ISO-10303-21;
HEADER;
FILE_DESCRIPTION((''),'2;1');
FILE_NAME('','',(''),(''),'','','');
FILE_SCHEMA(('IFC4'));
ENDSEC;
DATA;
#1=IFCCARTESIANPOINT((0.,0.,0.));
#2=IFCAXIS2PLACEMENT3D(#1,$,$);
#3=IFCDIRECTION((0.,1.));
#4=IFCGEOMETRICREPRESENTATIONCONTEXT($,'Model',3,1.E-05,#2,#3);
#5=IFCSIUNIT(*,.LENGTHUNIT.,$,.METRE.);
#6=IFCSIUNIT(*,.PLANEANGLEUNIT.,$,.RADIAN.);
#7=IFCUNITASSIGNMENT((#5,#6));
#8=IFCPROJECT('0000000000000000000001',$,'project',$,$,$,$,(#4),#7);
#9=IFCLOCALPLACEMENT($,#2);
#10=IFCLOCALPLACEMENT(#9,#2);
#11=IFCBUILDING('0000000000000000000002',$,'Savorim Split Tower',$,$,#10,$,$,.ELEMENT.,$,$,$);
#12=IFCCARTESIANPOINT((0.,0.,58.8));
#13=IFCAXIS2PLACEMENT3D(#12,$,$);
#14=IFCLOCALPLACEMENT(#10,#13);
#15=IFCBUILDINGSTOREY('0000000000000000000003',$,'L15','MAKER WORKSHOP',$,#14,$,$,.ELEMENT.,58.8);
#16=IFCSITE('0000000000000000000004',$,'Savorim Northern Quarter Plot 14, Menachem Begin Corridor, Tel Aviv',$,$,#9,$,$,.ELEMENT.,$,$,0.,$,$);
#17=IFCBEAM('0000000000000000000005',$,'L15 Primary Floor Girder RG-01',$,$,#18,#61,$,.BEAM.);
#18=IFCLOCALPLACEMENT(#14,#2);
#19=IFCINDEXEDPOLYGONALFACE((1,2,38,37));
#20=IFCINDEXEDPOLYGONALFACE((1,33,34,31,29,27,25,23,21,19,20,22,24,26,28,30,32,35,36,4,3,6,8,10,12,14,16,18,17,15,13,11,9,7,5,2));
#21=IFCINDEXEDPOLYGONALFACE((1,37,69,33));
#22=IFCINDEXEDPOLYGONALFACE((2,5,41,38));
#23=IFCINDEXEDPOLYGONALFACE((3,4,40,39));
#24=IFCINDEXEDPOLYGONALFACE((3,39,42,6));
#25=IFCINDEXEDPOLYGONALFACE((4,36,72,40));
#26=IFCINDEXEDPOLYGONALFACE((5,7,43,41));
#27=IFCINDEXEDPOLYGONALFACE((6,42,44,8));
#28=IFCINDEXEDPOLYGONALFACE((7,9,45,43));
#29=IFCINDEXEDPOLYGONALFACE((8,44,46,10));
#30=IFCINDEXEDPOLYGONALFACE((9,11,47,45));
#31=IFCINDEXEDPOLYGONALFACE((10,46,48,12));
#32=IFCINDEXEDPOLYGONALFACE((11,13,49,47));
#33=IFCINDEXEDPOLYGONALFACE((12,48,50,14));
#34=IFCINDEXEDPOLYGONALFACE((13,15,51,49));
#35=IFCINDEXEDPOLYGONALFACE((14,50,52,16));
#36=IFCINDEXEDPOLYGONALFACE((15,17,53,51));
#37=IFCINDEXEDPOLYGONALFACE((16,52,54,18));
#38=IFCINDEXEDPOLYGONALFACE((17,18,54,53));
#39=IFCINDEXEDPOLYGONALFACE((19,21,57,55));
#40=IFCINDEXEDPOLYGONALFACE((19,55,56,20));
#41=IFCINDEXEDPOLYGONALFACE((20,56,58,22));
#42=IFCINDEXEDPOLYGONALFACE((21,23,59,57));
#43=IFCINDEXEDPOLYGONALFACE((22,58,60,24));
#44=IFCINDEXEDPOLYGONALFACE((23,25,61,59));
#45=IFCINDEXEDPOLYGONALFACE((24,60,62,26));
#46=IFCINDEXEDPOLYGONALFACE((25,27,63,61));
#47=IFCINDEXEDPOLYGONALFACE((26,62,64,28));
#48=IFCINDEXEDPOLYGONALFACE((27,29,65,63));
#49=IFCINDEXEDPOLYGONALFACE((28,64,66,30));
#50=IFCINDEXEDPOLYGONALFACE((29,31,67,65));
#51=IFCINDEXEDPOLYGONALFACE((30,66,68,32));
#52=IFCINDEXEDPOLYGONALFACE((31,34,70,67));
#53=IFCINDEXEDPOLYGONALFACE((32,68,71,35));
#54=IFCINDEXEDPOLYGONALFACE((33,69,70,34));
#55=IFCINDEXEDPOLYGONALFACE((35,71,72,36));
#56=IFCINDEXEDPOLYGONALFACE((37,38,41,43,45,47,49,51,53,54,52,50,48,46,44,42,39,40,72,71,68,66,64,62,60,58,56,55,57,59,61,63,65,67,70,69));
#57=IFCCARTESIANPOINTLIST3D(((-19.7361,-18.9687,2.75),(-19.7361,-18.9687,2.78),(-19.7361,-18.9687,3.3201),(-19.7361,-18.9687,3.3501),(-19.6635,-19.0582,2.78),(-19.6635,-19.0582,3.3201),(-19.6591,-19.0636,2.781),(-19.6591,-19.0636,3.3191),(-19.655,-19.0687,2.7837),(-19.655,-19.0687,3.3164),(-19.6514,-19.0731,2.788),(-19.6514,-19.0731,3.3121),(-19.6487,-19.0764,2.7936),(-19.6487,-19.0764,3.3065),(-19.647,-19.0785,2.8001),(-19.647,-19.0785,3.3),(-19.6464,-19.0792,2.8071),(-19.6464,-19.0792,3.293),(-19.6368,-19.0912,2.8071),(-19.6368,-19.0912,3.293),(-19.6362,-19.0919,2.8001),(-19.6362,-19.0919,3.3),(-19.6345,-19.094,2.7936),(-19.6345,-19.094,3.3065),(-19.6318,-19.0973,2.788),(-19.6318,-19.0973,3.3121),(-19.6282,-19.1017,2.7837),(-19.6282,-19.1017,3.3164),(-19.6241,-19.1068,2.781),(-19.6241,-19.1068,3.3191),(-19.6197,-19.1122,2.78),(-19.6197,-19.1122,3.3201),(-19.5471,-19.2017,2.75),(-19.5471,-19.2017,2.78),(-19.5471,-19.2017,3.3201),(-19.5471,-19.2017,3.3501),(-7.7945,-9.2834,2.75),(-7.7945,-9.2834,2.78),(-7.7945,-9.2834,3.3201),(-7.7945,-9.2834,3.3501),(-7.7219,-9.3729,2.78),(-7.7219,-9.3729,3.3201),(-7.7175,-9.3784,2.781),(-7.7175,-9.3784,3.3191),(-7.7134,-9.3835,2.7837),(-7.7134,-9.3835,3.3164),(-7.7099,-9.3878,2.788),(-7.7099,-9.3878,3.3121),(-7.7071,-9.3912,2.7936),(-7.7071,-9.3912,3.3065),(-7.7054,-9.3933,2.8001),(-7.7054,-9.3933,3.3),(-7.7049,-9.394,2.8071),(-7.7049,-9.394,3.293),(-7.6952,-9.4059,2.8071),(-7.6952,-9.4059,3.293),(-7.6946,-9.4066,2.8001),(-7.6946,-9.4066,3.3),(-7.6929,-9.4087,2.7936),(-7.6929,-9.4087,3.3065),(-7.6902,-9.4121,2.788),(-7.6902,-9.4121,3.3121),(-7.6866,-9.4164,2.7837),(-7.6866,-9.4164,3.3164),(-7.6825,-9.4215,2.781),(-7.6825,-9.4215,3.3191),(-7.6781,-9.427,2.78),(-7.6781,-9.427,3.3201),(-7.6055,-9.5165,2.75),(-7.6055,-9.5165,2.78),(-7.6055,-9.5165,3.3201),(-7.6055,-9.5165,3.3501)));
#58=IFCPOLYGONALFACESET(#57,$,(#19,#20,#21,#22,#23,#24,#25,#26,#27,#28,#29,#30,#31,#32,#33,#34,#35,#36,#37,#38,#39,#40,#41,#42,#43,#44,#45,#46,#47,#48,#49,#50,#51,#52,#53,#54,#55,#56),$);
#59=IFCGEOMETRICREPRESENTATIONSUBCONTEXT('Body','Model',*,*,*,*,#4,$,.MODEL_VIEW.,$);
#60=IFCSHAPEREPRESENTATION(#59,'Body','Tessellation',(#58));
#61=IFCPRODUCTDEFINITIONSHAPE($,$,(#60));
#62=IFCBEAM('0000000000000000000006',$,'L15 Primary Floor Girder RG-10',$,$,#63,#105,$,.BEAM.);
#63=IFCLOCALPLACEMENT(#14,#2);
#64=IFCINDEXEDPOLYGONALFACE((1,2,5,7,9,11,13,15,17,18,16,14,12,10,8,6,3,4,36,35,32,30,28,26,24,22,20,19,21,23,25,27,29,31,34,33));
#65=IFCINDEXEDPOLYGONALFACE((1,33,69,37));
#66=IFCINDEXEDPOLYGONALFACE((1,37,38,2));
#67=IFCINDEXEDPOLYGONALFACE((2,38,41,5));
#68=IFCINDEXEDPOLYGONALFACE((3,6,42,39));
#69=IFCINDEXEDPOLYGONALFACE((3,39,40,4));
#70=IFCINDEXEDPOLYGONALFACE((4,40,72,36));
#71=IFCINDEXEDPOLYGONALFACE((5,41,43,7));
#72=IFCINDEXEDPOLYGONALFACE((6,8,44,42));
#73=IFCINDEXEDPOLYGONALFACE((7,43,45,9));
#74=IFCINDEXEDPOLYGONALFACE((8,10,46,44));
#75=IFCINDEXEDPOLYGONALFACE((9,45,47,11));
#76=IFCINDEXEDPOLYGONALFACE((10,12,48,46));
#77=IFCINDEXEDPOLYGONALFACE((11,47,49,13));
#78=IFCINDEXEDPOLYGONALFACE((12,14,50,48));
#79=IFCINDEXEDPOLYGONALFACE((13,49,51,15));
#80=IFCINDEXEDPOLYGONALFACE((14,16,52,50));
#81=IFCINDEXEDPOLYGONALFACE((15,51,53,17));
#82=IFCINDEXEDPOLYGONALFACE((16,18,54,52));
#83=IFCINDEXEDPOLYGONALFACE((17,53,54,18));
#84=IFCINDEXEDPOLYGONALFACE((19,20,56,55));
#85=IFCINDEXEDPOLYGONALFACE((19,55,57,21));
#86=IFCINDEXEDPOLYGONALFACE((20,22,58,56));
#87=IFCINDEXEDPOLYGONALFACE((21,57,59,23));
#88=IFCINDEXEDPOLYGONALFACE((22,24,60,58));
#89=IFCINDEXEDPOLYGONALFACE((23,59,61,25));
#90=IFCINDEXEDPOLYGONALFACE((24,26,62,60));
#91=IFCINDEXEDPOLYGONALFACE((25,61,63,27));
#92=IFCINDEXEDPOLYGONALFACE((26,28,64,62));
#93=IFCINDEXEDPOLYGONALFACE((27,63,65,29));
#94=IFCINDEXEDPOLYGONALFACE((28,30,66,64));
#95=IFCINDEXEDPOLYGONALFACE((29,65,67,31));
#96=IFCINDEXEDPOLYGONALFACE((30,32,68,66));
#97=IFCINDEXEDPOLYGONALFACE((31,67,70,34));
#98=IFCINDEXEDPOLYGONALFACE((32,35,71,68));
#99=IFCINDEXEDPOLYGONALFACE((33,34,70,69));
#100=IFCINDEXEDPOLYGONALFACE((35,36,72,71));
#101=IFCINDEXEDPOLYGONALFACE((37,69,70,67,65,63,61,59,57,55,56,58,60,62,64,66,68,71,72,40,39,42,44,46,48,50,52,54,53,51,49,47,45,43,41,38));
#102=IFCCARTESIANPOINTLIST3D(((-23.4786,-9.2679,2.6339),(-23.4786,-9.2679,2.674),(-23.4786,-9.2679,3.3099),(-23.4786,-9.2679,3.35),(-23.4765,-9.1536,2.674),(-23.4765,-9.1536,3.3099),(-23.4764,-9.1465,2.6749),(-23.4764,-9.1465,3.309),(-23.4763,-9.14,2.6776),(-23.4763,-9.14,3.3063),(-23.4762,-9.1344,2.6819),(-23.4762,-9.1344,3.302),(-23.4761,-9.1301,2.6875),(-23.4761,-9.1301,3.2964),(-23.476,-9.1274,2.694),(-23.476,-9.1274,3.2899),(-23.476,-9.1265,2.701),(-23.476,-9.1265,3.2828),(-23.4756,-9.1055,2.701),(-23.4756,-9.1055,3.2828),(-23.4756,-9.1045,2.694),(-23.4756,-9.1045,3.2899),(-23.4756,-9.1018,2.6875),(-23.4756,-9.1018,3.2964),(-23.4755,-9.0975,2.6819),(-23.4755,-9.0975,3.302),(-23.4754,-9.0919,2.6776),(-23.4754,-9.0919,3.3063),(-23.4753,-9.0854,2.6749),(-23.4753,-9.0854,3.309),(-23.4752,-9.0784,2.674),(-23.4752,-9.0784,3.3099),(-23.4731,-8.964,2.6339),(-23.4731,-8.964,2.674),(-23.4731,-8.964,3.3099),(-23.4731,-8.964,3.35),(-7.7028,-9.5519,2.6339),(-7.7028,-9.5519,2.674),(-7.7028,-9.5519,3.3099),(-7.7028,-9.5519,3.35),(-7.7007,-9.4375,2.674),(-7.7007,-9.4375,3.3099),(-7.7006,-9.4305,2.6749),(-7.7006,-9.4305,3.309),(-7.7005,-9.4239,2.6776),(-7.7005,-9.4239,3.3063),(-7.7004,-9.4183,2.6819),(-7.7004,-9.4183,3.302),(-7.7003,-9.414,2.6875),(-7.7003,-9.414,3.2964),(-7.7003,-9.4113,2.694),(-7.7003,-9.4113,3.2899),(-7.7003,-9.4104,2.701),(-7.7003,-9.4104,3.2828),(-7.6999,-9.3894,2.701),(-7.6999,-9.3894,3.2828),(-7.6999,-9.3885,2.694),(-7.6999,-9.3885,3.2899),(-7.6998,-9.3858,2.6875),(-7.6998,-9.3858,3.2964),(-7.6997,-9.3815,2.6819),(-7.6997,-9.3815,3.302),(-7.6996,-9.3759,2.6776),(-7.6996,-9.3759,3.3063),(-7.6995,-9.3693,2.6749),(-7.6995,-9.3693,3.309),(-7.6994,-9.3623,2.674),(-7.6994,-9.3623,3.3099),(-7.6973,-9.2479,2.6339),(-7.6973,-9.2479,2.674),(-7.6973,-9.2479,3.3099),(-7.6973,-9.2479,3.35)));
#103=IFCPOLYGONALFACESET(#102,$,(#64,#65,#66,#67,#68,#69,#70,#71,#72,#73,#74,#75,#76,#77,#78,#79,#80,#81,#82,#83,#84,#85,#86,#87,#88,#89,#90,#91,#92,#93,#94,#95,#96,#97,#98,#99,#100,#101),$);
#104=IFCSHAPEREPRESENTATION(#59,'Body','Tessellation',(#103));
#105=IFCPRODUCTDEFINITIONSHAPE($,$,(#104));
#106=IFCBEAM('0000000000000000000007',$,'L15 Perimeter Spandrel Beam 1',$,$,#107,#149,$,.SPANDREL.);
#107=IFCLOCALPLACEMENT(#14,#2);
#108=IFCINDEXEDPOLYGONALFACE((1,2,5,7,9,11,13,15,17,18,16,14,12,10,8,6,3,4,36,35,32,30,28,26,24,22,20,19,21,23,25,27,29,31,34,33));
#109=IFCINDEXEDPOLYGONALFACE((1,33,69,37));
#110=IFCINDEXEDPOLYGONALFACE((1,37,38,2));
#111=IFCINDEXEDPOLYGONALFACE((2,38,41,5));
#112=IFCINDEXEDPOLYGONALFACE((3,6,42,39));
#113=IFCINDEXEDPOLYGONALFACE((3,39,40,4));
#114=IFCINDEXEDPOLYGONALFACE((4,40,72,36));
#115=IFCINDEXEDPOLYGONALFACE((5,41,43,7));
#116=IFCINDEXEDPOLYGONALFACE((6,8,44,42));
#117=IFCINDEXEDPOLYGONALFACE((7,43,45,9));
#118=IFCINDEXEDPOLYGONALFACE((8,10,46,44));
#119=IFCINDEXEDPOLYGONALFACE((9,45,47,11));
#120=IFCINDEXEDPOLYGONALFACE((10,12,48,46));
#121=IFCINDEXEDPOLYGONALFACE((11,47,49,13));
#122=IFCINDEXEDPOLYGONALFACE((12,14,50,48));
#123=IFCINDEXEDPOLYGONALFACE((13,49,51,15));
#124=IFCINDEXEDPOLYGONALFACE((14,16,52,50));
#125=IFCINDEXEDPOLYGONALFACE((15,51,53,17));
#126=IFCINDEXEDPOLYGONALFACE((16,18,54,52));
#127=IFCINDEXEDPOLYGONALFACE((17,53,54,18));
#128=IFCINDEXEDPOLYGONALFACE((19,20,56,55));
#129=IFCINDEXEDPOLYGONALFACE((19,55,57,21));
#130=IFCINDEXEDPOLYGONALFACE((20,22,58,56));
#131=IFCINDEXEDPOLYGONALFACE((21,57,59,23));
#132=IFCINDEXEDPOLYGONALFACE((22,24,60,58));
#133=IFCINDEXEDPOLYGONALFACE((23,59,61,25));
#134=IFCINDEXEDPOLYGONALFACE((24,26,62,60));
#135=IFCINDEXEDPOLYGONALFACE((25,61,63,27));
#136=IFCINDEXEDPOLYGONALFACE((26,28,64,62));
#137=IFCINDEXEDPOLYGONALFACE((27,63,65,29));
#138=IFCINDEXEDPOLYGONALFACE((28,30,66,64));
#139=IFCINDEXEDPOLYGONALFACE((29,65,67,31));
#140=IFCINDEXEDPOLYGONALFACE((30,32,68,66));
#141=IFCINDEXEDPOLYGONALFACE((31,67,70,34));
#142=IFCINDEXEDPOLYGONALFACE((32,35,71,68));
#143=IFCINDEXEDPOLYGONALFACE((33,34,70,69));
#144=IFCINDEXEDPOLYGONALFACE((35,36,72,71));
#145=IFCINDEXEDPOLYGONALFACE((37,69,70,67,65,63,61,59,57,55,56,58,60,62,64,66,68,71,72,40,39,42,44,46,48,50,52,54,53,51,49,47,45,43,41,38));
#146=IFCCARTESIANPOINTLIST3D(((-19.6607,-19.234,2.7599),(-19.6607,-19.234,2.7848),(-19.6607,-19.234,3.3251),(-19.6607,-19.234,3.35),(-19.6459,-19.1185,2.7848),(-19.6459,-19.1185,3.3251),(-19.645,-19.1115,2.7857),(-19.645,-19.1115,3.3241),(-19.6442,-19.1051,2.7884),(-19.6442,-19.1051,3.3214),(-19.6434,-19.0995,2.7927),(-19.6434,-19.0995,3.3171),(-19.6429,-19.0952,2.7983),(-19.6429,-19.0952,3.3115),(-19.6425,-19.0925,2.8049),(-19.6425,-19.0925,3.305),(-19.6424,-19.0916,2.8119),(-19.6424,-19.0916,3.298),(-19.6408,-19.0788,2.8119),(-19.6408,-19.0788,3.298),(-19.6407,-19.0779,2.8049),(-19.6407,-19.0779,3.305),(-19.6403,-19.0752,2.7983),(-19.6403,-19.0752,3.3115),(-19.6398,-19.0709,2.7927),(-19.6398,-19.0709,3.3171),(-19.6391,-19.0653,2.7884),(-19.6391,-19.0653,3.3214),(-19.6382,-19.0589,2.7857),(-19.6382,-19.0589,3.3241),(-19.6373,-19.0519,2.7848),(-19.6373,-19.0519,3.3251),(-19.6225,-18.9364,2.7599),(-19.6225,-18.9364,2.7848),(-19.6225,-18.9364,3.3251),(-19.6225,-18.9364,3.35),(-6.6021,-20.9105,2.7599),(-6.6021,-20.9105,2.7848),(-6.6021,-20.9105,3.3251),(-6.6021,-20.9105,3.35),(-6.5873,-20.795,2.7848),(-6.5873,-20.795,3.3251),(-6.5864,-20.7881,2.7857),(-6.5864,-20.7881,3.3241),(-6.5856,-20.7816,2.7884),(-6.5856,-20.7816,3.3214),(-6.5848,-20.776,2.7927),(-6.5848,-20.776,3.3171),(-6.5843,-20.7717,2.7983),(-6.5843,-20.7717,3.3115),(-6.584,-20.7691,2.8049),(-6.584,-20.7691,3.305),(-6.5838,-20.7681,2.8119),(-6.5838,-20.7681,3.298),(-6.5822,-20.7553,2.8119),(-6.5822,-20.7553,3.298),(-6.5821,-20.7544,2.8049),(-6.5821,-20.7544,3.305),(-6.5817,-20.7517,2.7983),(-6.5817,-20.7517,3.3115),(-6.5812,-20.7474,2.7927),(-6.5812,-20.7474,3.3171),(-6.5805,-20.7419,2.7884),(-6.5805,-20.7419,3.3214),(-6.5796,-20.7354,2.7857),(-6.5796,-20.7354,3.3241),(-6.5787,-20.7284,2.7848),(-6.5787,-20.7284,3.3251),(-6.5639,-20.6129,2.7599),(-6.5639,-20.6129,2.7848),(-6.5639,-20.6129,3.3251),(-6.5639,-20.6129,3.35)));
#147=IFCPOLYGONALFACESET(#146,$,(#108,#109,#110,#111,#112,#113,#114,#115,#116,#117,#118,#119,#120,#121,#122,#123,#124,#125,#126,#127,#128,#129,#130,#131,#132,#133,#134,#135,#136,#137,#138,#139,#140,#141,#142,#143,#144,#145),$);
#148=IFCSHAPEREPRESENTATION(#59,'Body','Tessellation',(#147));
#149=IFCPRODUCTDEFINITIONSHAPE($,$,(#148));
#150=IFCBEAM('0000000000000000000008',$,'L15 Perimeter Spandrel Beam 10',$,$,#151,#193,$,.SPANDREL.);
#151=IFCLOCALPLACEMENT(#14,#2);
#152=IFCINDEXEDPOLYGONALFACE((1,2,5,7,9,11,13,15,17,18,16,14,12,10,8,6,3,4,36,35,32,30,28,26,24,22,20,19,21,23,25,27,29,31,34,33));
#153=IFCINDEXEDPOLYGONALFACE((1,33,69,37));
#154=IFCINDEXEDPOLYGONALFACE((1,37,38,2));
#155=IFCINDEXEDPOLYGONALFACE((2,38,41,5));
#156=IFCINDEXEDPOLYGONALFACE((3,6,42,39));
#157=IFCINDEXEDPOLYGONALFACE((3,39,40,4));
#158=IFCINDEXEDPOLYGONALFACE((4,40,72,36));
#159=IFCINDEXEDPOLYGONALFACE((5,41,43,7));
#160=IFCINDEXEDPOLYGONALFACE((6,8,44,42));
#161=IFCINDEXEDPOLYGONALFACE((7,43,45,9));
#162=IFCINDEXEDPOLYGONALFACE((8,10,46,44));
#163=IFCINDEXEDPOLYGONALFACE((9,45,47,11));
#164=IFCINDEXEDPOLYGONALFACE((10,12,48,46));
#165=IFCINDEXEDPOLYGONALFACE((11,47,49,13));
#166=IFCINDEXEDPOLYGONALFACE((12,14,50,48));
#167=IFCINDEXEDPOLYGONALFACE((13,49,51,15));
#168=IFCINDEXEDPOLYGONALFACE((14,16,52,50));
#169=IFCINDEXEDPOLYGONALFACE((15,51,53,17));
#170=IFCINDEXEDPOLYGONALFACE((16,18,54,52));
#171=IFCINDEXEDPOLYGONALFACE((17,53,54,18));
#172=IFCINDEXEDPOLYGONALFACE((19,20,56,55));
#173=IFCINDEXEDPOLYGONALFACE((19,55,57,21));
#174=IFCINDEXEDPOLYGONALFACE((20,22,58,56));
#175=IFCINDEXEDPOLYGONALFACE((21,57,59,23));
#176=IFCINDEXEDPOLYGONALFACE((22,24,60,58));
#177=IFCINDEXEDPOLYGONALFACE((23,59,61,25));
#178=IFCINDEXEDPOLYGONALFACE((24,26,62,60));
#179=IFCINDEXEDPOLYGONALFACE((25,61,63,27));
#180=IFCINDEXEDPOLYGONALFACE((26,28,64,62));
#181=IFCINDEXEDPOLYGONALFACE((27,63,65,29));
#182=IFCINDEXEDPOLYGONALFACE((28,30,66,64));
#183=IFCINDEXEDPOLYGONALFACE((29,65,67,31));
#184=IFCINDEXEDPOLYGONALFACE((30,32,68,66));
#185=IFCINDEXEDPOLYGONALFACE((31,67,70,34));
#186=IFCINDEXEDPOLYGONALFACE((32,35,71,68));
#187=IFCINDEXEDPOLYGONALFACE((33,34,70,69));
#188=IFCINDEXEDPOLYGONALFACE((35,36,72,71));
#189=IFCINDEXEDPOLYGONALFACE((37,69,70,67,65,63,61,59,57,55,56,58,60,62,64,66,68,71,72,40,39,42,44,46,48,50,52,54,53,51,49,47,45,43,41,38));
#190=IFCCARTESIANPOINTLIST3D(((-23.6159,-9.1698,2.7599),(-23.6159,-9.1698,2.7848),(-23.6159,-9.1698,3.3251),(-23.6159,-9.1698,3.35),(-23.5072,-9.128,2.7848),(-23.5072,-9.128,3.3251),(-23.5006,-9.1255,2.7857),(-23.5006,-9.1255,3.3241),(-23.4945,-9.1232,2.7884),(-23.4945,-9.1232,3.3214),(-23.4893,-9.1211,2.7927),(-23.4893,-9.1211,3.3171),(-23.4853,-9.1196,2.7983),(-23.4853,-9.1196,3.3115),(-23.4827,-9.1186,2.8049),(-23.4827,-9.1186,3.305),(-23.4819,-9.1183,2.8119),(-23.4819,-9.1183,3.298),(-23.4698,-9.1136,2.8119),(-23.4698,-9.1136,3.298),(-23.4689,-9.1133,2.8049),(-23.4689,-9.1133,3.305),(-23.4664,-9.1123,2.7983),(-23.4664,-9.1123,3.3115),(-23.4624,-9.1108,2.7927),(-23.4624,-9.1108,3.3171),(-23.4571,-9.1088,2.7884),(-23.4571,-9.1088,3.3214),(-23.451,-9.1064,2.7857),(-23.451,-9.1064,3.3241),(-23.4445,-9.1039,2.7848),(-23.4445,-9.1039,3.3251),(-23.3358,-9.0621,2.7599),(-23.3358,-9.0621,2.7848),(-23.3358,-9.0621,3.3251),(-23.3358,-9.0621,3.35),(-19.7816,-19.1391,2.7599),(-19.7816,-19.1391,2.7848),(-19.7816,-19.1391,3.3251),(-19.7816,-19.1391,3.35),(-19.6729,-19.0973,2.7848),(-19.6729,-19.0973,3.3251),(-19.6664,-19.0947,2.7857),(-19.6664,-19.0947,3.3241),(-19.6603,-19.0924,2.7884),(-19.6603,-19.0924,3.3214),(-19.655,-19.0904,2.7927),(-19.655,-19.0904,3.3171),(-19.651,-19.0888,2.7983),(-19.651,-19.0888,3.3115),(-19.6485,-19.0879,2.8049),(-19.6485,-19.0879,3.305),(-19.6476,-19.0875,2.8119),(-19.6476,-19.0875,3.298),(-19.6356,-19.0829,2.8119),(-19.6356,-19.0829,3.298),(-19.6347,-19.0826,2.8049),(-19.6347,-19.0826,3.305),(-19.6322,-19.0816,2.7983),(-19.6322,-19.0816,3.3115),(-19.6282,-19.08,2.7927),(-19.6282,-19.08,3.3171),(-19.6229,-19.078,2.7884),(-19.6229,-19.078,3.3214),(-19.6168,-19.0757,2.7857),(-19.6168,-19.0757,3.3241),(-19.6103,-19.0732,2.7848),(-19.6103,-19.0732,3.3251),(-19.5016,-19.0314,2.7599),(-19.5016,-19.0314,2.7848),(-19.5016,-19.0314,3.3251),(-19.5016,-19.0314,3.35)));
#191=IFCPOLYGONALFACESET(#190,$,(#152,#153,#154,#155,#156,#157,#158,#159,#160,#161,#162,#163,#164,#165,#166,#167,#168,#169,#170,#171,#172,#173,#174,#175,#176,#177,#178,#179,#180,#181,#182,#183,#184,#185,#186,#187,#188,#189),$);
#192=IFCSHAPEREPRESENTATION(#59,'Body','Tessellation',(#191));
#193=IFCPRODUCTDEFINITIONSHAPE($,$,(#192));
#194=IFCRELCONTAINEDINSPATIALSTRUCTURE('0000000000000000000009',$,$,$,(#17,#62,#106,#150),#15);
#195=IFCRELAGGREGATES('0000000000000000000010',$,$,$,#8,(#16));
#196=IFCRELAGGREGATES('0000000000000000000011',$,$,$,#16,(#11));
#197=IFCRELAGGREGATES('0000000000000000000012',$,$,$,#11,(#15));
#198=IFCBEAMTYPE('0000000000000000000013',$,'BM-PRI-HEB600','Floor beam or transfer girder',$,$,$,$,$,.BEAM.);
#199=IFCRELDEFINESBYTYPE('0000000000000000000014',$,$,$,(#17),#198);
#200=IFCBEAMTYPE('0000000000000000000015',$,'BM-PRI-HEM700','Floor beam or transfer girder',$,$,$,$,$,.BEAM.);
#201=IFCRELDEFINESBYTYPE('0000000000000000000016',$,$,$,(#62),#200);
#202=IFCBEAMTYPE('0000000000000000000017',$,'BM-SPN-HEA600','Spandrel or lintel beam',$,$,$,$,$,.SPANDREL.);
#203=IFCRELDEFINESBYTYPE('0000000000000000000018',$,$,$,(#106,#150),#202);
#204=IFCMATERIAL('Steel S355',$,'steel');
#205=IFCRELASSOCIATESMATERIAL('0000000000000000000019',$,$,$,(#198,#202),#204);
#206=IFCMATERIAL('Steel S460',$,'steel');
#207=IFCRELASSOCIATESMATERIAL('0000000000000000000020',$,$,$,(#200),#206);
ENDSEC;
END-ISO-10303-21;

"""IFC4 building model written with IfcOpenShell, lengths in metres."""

from ifc_helpers import new_model, si_unit, direction, frame, origin, origin_2d, place, context, subcontext, project, spatial, i_section, extrude, material, material_profile, profile_set, type_object, element, save


model = new_model("IFC4")

# Units and contexts
model_context = context("Model", 3, precision=1e-05, world=origin(), true_north=direction((0.0, 1.0)))
body_context = subcontext(model_context, "Body", "Model", "MODEL_VIEW")
ifc_project = project(units=[si_unit("LENGTHUNIT", "METRE"), si_unit("PLANEANGLEUNIT", "RADIAN")], contexts=[model_context])

# Site, building, storey
site_placement = place(None, origin())
site = spatial("IfcSite", under=ifc_project, at=site_placement, Name="Savorim Northern Quarter Plot 14, Menachem Begin Corridor, Tel Aviv", CompositionType="ELEMENT", RefElevation=0.0)
building_placement = place(site_placement, origin())
building = spatial("IfcBuilding", under=site, at=building_placement, Name="Savorim Split Tower", CompositionType="ELEMENT")
storey_placement = place(building_placement, frame((0.0, 0.0, 58.8)))
storey = spatial("IfcBuildingStorey", under=building, at=storey_placement, Name="L15", Description="MAKER WORKSHOP", CompositionType="ELEMENT", Elevation=58.8)

# Shared definitions
ifc_material_1 = material(Name="Steel S460", Category="steel")

# Beams
ifc_material_2 = material(Name="Steel S355", Category="steel")
ifc_material_profile_1 = material_profile(ifc_material_2, i_section(OverallWidth=0.3, OverallDepth=0.6001, WebThickness=0.0154, FlangeThickness=0.03, FilletRadius=0.0271, at=origin_2d()), Name="HEB 600")
ifc_profile_set_1 = profile_set([ifc_material_profile_1], Name="Steel S355")
beam_type_1 = type_object("IfcBeamType", Name="BM-PRI-HEB600", Description="Floor beam or transfer girder", PredefinedType="BEAM", material=ifc_profile_set_1)
beam_1_placement = place(storey_placement, frame((-19.6416, -19.0852, 3.05), z_axis=(0.776664, 0.629915, 0.0), x_axis=(-0.629915, 0.776664, 0.0)))
element("IfcBeam", 1, at=beam_1_placement, inside=storey, type_object=beam_type_1, Name="L15 Primary Floor Girder RG-01", PredefinedType="BEAM", context=body_context, shape_type="SweptSolid", body=[
    extrude(i_section(OverallWidth=0.3, OverallDepth=0.6001, WebThickness=0.0154, FlangeThickness=0.03, FilletRadius=0.0271, at=origin_2d()), origin(), (0.0, 0.0, 1.0), 15.3755),
])
ifc_material_profile_2 = material_profile(ifc_material_1, i_section(OverallWidth=0.304, OverallDepth=0.7161, WebThickness=0.021, FlangeThickness=0.04, FilletRadius=0.0271, at=origin_2d()), Name="HE 700 M")
ifc_profile_set_2 = profile_set([ifc_material_profile_2], Name="Steel S460")
beam_type_2 = type_object("IfcBeamType", Name="BM-PRI-HEM700", Description="Floor beam or transfer girder", PredefinedType="BEAM", material=ifc_profile_set_2)
beam_2_placement = place(storey_placement, frame((-23.4758, -9.116, 2.9919), z_axis=(0.999838, -0.017995, 0.0), x_axis=(0.017995, 0.999838, 0.0)))
element("IfcBeam", 2, at=beam_2_placement, inside=storey, type_object=beam_type_2, Name="L15 Primary Floor Girder RG-10", PredefinedType="BEAM", context=body_context, shape_type="SweptSolid", body=[
    extrude(i_section(OverallWidth=0.304, OverallDepth=0.7161, WebThickness=0.021, FlangeThickness=0.04, FilletRadius=0.0271, at=origin_2d()), origin(), (0.0, 0.0, 1.0), 15.7783),
])
ifc_material_profile_3 = material_profile(ifc_material_2, i_section(OverallWidth=0.3, OverallDepth=0.5901, WebThickness=0.0129, FlangeThickness=0.0249, FilletRadius=0.0271, at=origin_2d()), Name="HEA 600")
ifc_profile_set_3 = profile_set([ifc_material_profile_3], Name="Steel S355")
beam_type_3 = type_object("IfcBeamType", Name="BM-SPN-HEA600", Description="Spandrel or lintel beam", PredefinedType="SPANDREL", material=ifc_profile_set_3)
beam_3_placement = place(storey_placement, frame((-19.6416, -19.0852, 3.0549), z_axis=(0.991859, -0.127339, 0.0), x_axis=(0.127339, 0.991859, 0.0)))
element("IfcBeam", 3, at=beam_3_placement, inside=storey, type_object=beam_type_3, Name="L15 Perimeter Spandrel Beam 1", PredefinedType="SPANDREL", context=body_context, shape_type="SweptSolid", body=[
    extrude(i_section(OverallWidth=0.3, OverallDepth=0.5901, WebThickness=0.0129, FlangeThickness=0.0249, FilletRadius=0.0271, at=origin_2d()), origin(), (0.0, 0.0, 1.0), 13.1658),
])
beam_4_placement = place(storey_placement, frame((-23.4758, -9.116, 3.0549), z_axis=(0.358971, -0.933349, 0.0), x_axis=(0.933349, 0.358971, 0.0)))
element("IfcBeam", 4, at=beam_4_placement, inside=storey, type_object=beam_type_3, Name="L15 Perimeter Spandrel Beam 10", PredefinedType="SPANDREL", context=body_context, shape_type="SweptSolid", body=[
    extrude(i_section(OverallWidth=0.3, OverallDepth=0.5901, WebThickness=0.0129, FlangeThickness=0.0249, FilletRadius=0.0271, at=origin_2d()), origin(), (0.0, 0.0, 1.0), 10.6812),
])

save(model, "model.ifc")
